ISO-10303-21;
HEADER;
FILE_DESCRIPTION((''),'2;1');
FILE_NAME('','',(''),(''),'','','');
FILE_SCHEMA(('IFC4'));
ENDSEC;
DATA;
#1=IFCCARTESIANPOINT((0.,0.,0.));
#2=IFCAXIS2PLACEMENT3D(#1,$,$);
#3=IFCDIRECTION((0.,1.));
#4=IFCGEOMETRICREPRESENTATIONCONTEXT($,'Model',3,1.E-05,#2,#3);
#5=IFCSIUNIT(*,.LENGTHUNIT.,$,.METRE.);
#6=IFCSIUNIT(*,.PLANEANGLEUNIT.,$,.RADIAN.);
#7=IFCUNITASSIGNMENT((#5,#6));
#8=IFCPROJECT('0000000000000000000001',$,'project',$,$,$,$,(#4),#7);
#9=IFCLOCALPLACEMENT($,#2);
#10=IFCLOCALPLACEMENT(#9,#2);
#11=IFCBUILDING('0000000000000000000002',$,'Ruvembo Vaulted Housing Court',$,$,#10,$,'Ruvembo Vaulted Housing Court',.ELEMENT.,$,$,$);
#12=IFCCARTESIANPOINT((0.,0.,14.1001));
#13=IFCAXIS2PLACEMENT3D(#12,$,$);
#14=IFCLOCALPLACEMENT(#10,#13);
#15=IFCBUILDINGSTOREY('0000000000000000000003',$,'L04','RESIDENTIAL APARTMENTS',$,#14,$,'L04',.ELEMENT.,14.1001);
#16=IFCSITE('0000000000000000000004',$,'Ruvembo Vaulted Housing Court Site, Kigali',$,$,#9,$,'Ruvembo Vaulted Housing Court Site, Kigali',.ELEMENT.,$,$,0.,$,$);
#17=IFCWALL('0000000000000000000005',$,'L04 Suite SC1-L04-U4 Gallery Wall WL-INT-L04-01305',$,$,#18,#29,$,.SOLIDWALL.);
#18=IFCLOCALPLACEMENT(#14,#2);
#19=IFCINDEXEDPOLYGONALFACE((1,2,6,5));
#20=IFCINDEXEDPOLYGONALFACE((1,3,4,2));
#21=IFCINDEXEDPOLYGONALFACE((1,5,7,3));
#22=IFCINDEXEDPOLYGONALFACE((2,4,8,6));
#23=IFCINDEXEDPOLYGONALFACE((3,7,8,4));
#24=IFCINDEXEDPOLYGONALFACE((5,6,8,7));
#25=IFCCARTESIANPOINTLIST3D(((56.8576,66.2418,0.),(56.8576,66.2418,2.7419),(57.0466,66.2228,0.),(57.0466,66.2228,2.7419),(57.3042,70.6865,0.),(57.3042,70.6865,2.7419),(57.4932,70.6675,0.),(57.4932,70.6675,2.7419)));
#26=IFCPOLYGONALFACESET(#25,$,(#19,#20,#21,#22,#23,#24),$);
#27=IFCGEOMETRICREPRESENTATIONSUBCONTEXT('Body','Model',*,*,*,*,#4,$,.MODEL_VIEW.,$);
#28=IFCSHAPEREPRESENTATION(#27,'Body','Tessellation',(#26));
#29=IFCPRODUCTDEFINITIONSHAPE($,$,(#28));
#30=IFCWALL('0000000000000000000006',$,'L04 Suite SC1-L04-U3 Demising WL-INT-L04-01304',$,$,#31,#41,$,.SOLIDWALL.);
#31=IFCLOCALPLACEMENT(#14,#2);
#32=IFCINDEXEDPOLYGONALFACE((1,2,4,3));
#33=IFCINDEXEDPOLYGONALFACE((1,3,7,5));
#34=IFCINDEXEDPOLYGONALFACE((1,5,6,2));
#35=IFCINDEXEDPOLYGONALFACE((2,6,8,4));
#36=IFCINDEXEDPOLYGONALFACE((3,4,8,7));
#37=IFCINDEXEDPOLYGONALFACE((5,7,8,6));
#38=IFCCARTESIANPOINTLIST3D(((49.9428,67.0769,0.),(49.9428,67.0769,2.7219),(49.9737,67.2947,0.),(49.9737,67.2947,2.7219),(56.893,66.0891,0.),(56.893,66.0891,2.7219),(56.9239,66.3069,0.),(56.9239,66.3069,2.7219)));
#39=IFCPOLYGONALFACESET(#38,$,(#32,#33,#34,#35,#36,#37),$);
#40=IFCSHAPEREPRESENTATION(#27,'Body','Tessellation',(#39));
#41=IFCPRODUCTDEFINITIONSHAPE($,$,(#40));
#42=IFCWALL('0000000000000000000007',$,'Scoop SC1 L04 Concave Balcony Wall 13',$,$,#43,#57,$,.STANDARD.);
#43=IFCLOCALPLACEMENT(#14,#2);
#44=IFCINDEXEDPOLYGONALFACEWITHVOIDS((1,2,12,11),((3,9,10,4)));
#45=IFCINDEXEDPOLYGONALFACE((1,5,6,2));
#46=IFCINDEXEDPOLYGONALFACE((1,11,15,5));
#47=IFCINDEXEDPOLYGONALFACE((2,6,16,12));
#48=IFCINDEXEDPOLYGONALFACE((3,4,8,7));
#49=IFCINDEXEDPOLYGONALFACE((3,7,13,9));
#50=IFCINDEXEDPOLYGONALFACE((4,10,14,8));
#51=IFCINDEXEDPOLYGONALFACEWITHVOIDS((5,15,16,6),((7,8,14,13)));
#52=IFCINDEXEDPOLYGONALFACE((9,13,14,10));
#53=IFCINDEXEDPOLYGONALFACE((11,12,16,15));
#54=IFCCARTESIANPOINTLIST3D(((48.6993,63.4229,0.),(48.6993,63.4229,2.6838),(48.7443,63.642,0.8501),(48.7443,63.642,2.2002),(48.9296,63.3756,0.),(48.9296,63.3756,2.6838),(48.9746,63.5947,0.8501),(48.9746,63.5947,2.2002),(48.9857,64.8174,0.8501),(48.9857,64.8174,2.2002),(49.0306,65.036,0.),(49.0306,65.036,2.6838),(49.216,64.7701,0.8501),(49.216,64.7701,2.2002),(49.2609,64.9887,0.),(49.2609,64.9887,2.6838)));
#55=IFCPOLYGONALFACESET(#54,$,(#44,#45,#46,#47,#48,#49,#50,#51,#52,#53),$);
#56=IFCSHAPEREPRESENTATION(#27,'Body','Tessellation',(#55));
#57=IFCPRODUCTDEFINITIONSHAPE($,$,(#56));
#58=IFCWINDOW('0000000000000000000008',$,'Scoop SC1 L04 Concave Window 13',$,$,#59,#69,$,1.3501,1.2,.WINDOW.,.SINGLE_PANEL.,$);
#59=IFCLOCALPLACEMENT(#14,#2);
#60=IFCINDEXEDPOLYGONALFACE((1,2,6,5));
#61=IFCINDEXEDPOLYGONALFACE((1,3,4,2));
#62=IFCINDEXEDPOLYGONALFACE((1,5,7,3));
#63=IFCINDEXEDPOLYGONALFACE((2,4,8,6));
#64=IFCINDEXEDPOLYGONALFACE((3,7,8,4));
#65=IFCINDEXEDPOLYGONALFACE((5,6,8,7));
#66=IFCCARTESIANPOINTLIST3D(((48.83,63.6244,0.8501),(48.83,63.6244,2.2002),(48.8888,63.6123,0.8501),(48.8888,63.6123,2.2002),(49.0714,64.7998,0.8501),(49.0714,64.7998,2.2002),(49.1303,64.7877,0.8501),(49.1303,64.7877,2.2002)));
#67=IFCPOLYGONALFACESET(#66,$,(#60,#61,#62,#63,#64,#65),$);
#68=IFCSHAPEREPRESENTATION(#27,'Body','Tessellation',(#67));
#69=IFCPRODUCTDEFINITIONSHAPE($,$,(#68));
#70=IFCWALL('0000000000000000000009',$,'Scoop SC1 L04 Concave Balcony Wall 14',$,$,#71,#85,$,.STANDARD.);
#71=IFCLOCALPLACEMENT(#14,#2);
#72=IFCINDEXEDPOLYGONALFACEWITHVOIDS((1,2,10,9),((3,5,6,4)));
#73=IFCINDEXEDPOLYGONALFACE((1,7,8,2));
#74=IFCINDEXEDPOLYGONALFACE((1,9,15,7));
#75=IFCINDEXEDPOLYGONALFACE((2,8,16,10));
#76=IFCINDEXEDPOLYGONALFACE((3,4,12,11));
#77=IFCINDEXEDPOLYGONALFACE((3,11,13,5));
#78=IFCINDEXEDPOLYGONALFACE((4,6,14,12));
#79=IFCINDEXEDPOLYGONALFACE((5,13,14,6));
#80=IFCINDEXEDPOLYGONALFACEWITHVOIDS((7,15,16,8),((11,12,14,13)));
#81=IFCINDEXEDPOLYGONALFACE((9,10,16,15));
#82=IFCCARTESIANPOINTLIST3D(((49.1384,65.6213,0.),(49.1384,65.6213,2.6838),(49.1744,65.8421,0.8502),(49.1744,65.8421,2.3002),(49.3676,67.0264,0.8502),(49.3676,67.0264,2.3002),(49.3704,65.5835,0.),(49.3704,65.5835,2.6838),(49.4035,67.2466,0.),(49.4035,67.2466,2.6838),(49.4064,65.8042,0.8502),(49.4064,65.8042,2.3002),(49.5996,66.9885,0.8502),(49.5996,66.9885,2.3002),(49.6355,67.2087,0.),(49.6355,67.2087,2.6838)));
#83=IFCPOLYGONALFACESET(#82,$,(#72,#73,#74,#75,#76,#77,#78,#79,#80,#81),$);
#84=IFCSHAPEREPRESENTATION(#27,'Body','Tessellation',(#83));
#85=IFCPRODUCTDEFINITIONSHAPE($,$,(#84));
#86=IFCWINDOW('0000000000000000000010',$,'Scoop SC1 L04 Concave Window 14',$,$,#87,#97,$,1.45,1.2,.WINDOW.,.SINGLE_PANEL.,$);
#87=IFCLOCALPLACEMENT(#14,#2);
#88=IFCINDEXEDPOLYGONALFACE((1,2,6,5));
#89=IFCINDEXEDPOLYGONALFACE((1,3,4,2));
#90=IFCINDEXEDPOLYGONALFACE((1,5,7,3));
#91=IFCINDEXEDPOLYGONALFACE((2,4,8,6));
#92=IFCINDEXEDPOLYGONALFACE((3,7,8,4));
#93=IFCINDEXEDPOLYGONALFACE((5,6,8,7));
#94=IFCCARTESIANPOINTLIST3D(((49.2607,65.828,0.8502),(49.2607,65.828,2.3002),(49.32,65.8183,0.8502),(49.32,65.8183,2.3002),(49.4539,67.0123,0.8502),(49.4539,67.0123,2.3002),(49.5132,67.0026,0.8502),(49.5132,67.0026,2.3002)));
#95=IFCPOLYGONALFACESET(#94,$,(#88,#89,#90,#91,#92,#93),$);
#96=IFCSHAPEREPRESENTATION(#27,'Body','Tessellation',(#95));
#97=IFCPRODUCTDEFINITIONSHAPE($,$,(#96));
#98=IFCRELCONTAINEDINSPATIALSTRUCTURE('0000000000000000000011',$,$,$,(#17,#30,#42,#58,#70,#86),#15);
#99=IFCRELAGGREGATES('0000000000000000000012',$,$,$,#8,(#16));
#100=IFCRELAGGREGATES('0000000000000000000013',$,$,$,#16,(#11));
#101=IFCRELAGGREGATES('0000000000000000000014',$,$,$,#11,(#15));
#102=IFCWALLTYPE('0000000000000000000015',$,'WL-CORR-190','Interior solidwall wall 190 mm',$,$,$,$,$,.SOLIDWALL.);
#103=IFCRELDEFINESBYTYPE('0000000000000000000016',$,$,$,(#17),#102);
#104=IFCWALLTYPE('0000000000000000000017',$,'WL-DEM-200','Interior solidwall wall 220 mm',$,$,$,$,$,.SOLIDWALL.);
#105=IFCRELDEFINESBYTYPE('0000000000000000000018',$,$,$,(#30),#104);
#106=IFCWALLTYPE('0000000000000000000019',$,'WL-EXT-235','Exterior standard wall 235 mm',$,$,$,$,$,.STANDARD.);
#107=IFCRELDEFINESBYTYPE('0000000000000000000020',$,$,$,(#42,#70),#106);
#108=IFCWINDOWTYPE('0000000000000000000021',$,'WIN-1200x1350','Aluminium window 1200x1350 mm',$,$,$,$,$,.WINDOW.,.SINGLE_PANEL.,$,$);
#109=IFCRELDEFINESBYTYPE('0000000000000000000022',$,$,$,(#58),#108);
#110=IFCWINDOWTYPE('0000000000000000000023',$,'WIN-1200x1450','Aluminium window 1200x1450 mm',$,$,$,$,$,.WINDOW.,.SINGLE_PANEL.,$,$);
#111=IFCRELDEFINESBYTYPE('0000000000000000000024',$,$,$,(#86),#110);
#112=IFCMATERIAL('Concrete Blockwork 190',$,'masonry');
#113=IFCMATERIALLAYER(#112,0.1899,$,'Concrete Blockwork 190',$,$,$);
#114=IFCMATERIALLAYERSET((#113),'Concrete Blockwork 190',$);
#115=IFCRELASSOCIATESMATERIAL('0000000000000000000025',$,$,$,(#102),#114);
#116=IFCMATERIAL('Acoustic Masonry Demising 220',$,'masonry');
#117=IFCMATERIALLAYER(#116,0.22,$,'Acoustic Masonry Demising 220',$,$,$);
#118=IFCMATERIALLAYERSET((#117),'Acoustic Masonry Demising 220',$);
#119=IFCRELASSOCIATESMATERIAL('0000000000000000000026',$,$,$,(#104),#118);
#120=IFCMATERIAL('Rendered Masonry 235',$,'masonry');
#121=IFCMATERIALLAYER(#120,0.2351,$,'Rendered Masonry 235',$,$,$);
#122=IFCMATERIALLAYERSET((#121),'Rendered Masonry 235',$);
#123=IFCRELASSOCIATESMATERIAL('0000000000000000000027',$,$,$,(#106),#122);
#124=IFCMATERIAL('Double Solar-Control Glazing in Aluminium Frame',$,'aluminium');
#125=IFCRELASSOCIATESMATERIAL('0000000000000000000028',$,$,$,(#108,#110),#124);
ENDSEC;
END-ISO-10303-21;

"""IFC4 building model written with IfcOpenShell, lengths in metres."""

from ifc_helpers import new_model, si_unit, direction, frame, frame_2d, origin, place, context, subcontext, project, spatial, rectangle, extrude, material, layer, layer_set, type_object, element, fill, save


model = new_model("IFC4")

# Units and contexts
model_context = context("Model", 3, precision=1e-05, world=origin(), true_north=direction((0.0, 1.0)))
body_context = subcontext(model_context, "Body", "Model", "MODEL_VIEW")
ifc_project = project(units=[si_unit("LENGTHUNIT", "METRE"), si_unit("PLANEANGLEUNIT", "RADIAN")], contexts=[model_context])

# Site, building, storey
site_placement = place(None, origin())
site = spatial("IfcSite", under=ifc_project, at=site_placement, Name="Ruvembo Vaulted Housing Court Site, Kigali", LongName="Ruvembo Vaulted Housing Court Site, Kigali", CompositionType="ELEMENT", RefElevation=0.0)
building_placement = place(site_placement, origin())
building = spatial("IfcBuilding", under=site, at=building_placement, Name="Ruvembo Vaulted Housing Court", LongName="Ruvembo Vaulted Housing Court", CompositionType="ELEMENT")
storey_placement = place(building_placement, frame((0.0, 0.0, 14.1001)))
storey = spatial("IfcBuildingStorey", under=building, at=storey_placement, Name="L04", Description="RESIDENTIAL APARTMENTS", LongName="L04", CompositionType="ELEMENT", Elevation=14.1001)

# Walls
ifc_material_1 = material(Name="Concrete Blockwork 190", Category="masonry")
ifc_layer_1 = layer(ifc_material_1, 0.1899, Name="Concrete Blockwork 190")
ifc_layer_set_1 = layer_set([ifc_layer_1], Name="Concrete Blockwork 190")
wall_type_1 = type_object("IfcWallType", Name="WL-CORR-190", Description="Interior solidwall wall 190 mm", PredefinedType="SOLIDWALL", material=ifc_layer_set_1)
wall_1_placement = place(storey_placement, frame((56.9521, 66.2324, 0.0), z_axis=(0.0, 0.0, 1.0), x_axis=(0.099964, 0.994991, 0.0)))
element("IfcWall", 1, at=wall_1_placement, inside=storey, type_object=wall_type_1, Name="L04 Suite SC1-L04-U4 Gallery Wall WL-INT-L04-01305", PredefinedType="SOLIDWALL", context=body_context, shape_type="SweptSolid", body=[
    extrude(rectangle(XDim=4.467, YDim=0.1899, at=frame_2d((2.2334, 0.0))), origin(), (0.0, 0.0, 1.0), 2.7419),
])
ifc_material_2 = material(Name="Acoustic Masonry Demising 220", Category="masonry")
ifc_layer_2 = layer(ifc_material_2, 0.22, Name="Acoustic Masonry Demising 220")
ifc_layer_set_2 = layer_set([ifc_layer_2], Name="Acoustic Masonry Demising 220")
wall_type_2 = type_object("IfcWallType", Name="WL-DEM-200", Description="Interior solidwall wall 220 mm", PredefinedType="SOLIDWALL", material=ifc_layer_set_2)
wall_2_placement = place(storey_placement, frame((49.9583, 67.1858, 0.0), z_axis=(0.0, 0.0, 1.0), x_axis=(0.990051, -0.14071, 0.0)))
element("IfcWall", 2, at=wall_2_placement, inside=storey, type_object=wall_type_2, Name="L04 Suite SC1-L04-U3 Demising WL-INT-L04-01304", PredefinedType="SOLIDWALL", context=body_context, shape_type="SweptSolid", body=[
    extrude(rectangle(XDim=7.02, YDim=0.22, at=frame_2d((3.51, 0.0))), origin(), (0.0, 0.0, 1.0), 2.7219),
])

# Walls, openings, windows
ifc_material_3 = material(Name="Rendered Masonry 235", Category="masonry")
ifc_layer_3 = layer(ifc_material_3, 0.2351, Name="Rendered Masonry 235")
ifc_layer_set_3 = layer_set([ifc_layer_3], Name="Rendered Masonry 235")
wall_type_3 = type_object("IfcWallType", Name="WL-EXT-235", Description="Exterior standard wall 235 mm", PredefinedType="STANDARD", material=ifc_layer_set_3)
wall_3_placement = place(storey_placement, frame((48.8145, 63.3994, 0.0), z_axis=(0.0, 0.0, 1.0), x_axis=(0.201189, 0.979553, 0.0)))
wall_3 = element("IfcWall", 3, at=wall_3_placement, inside=storey, type_object=wall_type_3, Name="Scoop SC1 L04 Concave Balcony Wall 13", PredefinedType="STANDARD", context=body_context, shape_type="SweptSolid", body=[
    extrude(rectangle(XDim=1.6467, YDim=0.2351, at=frame_2d((0.8232, 0.0))), origin(), (0.0, 0.0, 1.0), 2.6838),
])
opening_1_placement = place(wall_3_placement, frame((0.2234, 0.0, 0.8501)))
opening_1 = element("IfcOpeningElement", 4, at=opening_1_placement, cuts=wall_3, PredefinedType="OPENING", context=body_context, shape_type="SweptSolid", body=[
    extrude(rectangle(XDim=1.2, YDim=1.3501, at=frame_2d((0.6001, 0.675))), frame((0.0, 0.1274, 0.0), z_axis=(0.0, -1.0, 0.0), x_axis=(1.0, 0.0, 0.0)), (0.0, 0.0, 1.0), 0.2551),
])
ifc_material_4 = material(Name="Double Solar-Control Glazing in Aluminium Frame", Category="aluminium")
window_type_1 = type_object("IfcWindowType", Name="WIN-1200x1350", Description="Aluminium window 1200x1350 mm", PartitioningType="SINGLE_PANEL", PredefinedType="WINDOW", material=ifc_material_4)
window_1_placement = place(opening_1_placement, origin())
window_1 = element("IfcWindow", 5, at=window_1_placement, inside=storey, type_object=window_type_1, Name="Scoop SC1 L04 Concave Window 13", OverallHeight=1.3501, OverallWidth=1.2, PartitioningType="SINGLE_PANEL", PredefinedType="WINDOW", context=body_context, shape_type="SweptSolid", body=[
    extrude(rectangle(XDim=1.2, YDim=1.3501, at=frame_2d((0.6001, 0.675))), frame((0.0, 0.03, 0.0), z_axis=(0.0, -1.0, 0.0), x_axis=(1.0, 0.0, 0.0)), (0.0, 0.0, 1.0), 0.0601),
])
fill(opening_1, window_1)
wall_4_placement = place(storey_placement, frame((49.2544, 65.6025, 0.0), z_axis=(0.0, 0.0, 1.0), x_axis=(0.161008, 0.986953, 0.0)))
wall_4 = element("IfcWall", 6, at=wall_4_placement, inside=storey, type_object=wall_type_3, Name="Scoop SC1 L04 Concave Balcony Wall 14", PredefinedType="STANDARD", context=body_context, shape_type="SweptSolid", body=[
    extrude(rectangle(XDim=1.6467, YDim=0.2351, at=frame_2d((0.8232, 0.0))), origin(), (0.0, 0.0, 1.0), 2.6838),
])
opening_2_placement = place(wall_4_placement, frame((0.2234, 0.0, 0.8501)))
opening_2 = element("IfcOpeningElement", 7, at=opening_2_placement, cuts=wall_4, PredefinedType="OPENING", context=body_context, shape_type="SweptSolid", body=[
    extrude(rectangle(XDim=1.2, YDim=1.45, at=frame_2d((0.6001, 0.7251))), frame((0.0, 0.1274, 0.0), z_axis=(0.0, -1.0, 0.0), x_axis=(1.0, 0.0, 0.0)), (0.0, 0.0, 1.0), 0.2551),
])
window_type_2 = type_object("IfcWindowType", Name="WIN-1200x1450", Description="Aluminium window 1200x1450 mm", PartitioningType="SINGLE_PANEL", PredefinedType="WINDOW", material=ifc_material_4)
window_2_placement = place(opening_2_placement, origin())
window_2 = element("IfcWindow", 8, at=window_2_placement, inside=storey, type_object=window_type_2, Name="Scoop SC1 L04 Concave Window 14", OverallHeight=1.45, OverallWidth=1.2, PartitioningType="SINGLE_PANEL", PredefinedType="WINDOW", context=body_context, shape_type="SweptSolid", body=[
    extrude(rectangle(XDim=1.2, YDim=1.45, at=frame_2d((0.6001, 0.7251))), frame((0.0, 0.03, 0.0), z_axis=(0.0, -1.0, 0.0), x_axis=(1.0, 0.0, 0.0)), (0.0, 0.0, 1.0), 0.0601),
])
fill(opening_2, window_2)

save(model, "model.ifc")
